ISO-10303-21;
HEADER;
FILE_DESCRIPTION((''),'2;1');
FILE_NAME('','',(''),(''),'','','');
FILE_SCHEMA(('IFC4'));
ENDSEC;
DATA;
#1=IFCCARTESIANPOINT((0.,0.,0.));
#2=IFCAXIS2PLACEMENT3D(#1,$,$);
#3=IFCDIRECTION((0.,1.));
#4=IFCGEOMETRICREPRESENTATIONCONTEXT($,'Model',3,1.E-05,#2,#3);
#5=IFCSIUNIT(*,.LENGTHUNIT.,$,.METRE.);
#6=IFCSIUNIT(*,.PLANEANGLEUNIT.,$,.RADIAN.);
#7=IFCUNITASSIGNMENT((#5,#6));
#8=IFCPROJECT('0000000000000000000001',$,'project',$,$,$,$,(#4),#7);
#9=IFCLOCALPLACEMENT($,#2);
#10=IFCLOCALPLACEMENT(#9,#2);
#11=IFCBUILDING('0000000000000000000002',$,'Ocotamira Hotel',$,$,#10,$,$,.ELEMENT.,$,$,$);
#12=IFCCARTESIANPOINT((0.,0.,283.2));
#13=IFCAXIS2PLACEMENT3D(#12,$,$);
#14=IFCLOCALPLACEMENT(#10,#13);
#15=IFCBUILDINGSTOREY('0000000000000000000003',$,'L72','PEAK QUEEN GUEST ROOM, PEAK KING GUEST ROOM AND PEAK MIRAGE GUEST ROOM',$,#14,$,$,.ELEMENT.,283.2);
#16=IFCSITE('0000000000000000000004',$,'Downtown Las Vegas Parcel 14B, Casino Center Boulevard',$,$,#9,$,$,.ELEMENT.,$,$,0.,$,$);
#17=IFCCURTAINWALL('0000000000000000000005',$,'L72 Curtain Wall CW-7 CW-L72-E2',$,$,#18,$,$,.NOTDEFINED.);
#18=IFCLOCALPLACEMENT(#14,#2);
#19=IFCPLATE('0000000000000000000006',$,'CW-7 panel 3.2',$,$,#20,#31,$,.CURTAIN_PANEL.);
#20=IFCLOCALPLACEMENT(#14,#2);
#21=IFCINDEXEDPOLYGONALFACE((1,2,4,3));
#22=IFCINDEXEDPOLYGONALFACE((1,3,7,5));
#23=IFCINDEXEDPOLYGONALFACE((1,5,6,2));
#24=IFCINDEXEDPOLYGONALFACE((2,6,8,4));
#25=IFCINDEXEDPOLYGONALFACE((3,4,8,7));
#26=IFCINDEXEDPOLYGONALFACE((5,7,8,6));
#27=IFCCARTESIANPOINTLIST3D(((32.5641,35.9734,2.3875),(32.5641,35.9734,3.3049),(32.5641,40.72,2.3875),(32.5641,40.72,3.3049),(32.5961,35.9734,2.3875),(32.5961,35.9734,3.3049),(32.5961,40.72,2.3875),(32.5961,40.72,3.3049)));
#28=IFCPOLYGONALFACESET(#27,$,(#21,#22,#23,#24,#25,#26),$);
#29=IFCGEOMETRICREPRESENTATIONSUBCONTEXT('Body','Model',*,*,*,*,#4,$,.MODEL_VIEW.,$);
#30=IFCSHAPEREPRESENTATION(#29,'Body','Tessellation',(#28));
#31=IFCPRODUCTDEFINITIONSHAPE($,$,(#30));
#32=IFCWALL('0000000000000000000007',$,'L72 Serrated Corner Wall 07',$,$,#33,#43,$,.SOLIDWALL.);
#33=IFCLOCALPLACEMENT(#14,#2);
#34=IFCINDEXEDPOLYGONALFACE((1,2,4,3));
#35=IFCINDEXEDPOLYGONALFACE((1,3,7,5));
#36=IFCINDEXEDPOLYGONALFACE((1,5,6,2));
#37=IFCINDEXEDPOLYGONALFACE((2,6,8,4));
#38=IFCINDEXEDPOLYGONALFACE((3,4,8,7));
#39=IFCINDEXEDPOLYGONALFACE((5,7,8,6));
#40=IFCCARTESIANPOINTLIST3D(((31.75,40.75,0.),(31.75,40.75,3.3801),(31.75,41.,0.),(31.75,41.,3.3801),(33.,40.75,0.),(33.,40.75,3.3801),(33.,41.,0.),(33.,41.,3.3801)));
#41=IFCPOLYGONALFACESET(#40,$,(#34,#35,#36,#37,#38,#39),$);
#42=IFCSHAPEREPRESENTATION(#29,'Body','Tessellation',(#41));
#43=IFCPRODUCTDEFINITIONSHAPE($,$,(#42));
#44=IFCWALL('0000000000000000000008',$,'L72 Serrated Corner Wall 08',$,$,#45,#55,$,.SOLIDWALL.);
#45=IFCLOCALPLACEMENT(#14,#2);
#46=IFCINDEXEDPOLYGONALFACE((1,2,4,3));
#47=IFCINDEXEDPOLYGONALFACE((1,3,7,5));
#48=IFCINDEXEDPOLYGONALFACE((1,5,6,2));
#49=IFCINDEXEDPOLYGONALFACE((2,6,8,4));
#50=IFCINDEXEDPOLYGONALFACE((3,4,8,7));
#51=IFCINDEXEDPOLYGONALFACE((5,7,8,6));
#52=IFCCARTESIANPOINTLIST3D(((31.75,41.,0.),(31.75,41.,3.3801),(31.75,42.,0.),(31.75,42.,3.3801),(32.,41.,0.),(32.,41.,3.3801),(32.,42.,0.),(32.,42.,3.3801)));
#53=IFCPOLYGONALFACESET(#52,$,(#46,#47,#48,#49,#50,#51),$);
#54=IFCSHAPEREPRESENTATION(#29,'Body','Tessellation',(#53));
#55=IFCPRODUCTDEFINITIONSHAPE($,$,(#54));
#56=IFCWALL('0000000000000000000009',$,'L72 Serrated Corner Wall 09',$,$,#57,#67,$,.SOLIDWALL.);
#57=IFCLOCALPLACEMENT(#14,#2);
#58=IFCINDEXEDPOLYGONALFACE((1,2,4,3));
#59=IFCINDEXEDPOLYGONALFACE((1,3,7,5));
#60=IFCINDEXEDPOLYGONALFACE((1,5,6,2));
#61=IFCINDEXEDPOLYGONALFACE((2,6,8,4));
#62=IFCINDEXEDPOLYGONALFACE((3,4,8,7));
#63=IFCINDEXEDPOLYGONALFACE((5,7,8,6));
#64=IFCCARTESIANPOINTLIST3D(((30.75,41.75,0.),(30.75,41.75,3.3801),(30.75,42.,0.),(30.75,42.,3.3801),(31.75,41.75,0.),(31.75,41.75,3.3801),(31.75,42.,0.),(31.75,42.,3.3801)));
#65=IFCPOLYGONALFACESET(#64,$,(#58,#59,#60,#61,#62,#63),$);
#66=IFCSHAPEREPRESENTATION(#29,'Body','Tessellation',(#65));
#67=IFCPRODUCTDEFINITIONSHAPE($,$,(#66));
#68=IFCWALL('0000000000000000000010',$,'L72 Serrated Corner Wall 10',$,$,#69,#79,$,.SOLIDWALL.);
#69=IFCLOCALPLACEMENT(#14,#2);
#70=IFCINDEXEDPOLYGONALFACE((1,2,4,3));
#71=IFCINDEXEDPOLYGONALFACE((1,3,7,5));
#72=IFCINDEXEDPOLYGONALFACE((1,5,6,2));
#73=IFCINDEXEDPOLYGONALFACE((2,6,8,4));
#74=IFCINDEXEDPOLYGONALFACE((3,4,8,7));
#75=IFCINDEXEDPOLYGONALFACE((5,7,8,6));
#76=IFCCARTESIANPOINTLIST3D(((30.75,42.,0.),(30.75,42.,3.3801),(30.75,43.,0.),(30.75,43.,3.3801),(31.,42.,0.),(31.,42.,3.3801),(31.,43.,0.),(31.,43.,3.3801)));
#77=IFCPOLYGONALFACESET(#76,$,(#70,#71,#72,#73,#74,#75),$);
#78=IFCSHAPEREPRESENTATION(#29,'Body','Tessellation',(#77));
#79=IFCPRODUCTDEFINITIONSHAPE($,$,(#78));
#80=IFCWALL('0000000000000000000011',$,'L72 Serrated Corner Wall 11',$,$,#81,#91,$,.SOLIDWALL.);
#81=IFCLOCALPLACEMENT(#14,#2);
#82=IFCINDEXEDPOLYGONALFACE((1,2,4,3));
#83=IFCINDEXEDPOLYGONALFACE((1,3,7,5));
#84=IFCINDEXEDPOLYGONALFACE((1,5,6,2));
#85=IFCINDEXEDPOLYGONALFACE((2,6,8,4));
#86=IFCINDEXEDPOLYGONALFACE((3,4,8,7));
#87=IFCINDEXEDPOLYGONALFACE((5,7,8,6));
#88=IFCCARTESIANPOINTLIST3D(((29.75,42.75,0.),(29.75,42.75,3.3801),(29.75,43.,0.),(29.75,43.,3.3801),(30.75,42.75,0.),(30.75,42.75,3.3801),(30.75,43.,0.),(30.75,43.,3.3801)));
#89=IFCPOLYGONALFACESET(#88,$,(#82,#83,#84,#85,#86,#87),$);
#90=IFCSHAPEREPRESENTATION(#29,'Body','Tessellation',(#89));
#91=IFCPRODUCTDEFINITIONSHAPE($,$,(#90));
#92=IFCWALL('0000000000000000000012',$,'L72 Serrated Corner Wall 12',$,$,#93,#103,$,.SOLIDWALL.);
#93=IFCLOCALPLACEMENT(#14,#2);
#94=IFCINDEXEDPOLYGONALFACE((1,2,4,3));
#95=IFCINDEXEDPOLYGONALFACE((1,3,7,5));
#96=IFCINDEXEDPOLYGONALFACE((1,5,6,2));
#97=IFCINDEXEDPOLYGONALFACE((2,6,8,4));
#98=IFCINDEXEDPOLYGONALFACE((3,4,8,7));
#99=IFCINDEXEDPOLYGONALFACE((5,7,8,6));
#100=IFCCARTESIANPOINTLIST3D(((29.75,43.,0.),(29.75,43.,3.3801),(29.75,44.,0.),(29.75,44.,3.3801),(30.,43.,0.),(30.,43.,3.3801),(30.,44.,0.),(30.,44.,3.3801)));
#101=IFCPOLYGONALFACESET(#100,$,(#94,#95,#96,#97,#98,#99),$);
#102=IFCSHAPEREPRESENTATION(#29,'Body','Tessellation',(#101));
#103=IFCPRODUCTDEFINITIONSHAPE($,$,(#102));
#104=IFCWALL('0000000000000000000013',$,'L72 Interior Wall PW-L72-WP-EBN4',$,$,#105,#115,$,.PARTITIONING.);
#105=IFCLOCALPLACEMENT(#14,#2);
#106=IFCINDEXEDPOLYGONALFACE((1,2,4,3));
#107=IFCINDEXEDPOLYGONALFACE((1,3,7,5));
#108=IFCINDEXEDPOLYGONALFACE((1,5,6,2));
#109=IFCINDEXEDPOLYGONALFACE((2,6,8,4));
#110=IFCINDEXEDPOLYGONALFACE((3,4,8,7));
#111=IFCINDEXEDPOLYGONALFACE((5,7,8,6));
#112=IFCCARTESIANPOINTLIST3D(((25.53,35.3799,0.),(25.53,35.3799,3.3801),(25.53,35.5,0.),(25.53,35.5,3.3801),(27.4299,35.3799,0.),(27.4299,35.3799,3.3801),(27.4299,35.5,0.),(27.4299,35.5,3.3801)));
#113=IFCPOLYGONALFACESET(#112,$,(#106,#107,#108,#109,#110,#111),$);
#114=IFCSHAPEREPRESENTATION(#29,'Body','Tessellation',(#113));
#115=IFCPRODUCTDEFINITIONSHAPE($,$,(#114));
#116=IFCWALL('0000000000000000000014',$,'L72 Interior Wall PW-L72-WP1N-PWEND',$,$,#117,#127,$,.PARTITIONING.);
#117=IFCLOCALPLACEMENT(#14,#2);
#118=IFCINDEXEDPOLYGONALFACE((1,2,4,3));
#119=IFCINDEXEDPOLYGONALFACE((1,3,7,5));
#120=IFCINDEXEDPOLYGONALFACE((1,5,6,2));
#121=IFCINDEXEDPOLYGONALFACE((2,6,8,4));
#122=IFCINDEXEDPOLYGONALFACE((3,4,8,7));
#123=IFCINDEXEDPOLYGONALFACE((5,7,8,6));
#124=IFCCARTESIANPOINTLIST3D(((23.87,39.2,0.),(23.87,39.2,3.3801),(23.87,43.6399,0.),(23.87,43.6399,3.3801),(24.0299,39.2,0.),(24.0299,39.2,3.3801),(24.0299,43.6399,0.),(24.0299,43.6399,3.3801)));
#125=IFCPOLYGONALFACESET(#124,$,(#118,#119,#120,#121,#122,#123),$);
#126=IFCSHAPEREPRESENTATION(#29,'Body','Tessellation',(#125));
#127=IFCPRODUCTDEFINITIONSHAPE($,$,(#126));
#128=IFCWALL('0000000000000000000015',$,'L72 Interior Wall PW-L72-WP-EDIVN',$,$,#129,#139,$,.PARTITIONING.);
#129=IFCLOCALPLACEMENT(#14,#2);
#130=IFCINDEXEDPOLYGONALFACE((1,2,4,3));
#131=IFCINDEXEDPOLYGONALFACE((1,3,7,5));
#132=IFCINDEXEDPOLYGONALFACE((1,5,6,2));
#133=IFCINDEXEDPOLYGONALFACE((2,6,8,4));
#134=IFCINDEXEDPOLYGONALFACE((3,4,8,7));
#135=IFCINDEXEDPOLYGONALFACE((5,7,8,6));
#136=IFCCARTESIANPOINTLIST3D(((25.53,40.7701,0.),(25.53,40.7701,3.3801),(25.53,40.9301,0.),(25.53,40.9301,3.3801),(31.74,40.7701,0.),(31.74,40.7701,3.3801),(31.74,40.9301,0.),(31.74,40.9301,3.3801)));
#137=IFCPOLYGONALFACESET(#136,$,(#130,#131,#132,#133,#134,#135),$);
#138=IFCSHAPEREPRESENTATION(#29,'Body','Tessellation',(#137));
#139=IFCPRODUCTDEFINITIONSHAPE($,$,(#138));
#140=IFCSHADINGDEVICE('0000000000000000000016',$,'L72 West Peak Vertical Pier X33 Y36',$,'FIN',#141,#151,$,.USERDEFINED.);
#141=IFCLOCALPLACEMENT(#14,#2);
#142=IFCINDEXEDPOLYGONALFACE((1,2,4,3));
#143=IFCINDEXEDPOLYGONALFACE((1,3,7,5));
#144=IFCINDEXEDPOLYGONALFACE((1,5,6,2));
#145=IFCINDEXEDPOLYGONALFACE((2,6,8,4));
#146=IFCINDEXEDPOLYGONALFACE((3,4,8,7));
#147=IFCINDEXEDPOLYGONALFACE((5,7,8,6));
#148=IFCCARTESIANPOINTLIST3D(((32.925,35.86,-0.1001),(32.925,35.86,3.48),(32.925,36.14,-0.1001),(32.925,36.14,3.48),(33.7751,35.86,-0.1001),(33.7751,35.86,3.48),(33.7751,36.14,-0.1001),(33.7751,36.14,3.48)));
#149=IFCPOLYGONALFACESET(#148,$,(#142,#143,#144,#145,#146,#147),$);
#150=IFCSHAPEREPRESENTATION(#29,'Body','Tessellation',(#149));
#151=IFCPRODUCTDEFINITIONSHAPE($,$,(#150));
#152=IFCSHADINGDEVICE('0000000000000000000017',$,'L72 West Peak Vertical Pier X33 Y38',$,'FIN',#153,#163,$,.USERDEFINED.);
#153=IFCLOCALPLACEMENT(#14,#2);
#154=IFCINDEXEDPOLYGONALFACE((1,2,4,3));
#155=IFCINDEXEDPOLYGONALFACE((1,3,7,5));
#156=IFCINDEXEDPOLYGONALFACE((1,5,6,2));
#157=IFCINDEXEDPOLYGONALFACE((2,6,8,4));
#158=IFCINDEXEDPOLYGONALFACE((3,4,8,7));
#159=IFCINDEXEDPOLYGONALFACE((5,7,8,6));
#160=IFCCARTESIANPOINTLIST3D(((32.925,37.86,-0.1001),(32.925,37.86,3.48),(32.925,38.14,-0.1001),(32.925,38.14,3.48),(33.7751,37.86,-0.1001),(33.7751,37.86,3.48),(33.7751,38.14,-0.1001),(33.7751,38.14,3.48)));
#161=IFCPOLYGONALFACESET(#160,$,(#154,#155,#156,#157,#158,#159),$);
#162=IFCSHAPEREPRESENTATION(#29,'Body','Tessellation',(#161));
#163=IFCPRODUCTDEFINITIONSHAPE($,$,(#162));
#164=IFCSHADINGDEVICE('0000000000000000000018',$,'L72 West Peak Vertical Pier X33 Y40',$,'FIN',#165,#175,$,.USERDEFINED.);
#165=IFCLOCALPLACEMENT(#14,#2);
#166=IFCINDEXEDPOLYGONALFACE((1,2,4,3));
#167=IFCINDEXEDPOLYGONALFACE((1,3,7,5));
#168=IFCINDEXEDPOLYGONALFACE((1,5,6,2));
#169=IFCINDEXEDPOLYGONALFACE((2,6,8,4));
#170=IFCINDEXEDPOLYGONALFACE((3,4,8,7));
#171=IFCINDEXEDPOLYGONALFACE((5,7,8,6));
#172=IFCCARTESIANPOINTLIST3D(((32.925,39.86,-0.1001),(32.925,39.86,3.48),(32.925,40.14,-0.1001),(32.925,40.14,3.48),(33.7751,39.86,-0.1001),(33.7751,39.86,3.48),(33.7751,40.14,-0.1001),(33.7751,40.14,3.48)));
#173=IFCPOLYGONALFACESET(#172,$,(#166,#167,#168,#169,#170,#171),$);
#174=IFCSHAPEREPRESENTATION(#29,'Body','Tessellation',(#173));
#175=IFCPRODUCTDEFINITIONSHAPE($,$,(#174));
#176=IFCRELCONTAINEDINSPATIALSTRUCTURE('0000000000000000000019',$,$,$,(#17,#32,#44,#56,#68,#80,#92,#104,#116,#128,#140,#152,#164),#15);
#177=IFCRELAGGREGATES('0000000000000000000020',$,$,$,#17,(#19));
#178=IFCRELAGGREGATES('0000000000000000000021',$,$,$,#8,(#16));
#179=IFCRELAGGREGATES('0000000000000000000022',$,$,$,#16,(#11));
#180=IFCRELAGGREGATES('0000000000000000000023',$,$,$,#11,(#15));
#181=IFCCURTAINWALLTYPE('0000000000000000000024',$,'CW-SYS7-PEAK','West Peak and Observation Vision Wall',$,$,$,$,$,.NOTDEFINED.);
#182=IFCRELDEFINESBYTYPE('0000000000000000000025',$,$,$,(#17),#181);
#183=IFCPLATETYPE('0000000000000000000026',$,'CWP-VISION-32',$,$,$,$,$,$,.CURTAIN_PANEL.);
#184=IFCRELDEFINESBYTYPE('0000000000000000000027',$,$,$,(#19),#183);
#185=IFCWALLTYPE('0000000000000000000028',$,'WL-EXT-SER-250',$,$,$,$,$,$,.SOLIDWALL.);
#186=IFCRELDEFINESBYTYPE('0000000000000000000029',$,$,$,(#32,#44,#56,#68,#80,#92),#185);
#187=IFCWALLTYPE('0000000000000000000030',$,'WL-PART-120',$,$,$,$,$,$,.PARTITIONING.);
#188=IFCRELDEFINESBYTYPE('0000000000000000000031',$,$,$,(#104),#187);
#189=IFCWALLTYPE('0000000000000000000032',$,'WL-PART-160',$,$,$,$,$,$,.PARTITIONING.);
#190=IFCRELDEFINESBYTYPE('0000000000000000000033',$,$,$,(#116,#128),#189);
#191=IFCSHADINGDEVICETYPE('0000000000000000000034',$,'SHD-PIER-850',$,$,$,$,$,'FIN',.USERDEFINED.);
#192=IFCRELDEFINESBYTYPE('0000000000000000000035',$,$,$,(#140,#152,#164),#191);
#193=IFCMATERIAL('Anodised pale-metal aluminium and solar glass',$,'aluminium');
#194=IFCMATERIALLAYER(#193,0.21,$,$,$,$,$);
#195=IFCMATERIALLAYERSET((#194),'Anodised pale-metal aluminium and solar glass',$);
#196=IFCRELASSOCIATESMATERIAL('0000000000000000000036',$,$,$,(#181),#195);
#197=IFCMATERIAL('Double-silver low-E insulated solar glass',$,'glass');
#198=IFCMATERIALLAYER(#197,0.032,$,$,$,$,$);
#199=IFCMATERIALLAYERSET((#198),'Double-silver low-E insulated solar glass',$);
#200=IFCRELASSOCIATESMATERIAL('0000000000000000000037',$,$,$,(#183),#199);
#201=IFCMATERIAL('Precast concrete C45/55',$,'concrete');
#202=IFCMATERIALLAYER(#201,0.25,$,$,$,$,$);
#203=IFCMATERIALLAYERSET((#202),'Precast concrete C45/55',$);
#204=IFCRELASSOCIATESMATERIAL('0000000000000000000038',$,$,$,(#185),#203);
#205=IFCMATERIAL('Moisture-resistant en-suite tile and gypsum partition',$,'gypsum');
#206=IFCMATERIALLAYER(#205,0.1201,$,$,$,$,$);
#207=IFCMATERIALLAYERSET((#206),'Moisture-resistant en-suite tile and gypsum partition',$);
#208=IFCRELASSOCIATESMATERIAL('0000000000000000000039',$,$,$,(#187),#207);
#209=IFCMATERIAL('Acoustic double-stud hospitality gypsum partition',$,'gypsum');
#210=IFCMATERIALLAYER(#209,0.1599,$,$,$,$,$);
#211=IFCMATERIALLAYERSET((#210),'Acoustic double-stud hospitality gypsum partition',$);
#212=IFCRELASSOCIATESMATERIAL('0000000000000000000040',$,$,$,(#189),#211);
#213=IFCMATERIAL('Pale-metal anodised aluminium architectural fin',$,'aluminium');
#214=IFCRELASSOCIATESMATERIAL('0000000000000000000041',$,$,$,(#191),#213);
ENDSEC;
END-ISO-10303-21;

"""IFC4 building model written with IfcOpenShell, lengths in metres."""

from ifc_helpers import new_model, si_unit, direction, frame, frame_2d, origin, origin_2d, place, context, subcontext, project, spatial, rectangle, extrude, source, transform, mapped, material, layer, layer_set, type_object, element, aggregate, save


model = new_model("IFC4")

# Units and contexts
model_context = context("Model", 3, precision=1e-05, world=origin(), true_north=direction((0.0, 1.0)))
body_context = subcontext(model_context, "Body", "Model", "MODEL_VIEW")
ifc_project = project(units=[si_unit("LENGTHUNIT", "METRE"), si_unit("PLANEANGLEUNIT", "RADIAN")], contexts=[model_context])

# Site, building, storey
site_placement = place(None, origin())
site = spatial("IfcSite", under=ifc_project, at=site_placement, Name="Downtown Las Vegas Parcel 14B, Casino Center Boulevard", CompositionType="ELEMENT", RefElevation=0.0)
building_placement = place(site_placement, origin())
building = spatial("IfcBuilding", under=site, at=building_placement, Name="Ocotamira Hotel", CompositionType="ELEMENT")
storey_placement = place(building_placement, frame((0.0, 0.0, 283.2)))
storey = spatial("IfcBuildingStorey", under=building, at=storey_placement, Name="L72", Description="PEAK QUEEN GUEST ROOM, PEAK KING GUEST ROOM AND PEAK MIRAGE GUEST ROOM", CompositionType="ELEMENT", Elevation=283.2)

# Curtain wall
ifc_material_1 = material(Name="Anodised pale-metal aluminium and solar glass", Category="aluminium")
ifc_layer_1 = layer(ifc_material_1, 0.21)
ifc_layer_set_1 = layer_set([ifc_layer_1], Name="Anodised pale-metal aluminium and solar glass")
curtain_wall_type = type_object("IfcCurtainWallType", Name="CW-SYS7-PEAK", Description="West Peak and Observation Vision Wall", PredefinedType="NOTDEFINED", material=ifc_layer_set_1)
curtain_wall_1_placement = place(storey_placement, origin())
curtain_wall_1 = element("IfcCurtainWall", 1, at=curtain_wall_1_placement, inside=storey, type_object=curtain_wall_type, Name="L72 Curtain Wall CW-7 CW-L72-E2", PredefinedType="NOTDEFINED")

# Plate
ifc_material_2 = material(Name="Double-silver low-E insulated solar glass", Category="glass")
ifc_layer_2 = layer(ifc_material_2, 0.032)
ifc_layer_set_2 = layer_set([ifc_layer_2], Name="Double-silver low-E insulated solar glass")
plate_type = type_object("IfcPlateType", Name="CWP-VISION-32", PredefinedType="CURTAIN_PANEL", material=ifc_layer_set_2)
shared_shape_1 = source(origin(), body_context, "Body", "SweptSolid", [
    extrude(rectangle(XDim=4.7466, YDim=0.032, at=origin_2d()), origin(), (0.0, 0.0, 1.0), 0.9175),
])
plate_1_placement = place(storey_placement, frame((32.5801, 38.3467, 2.3875), z_axis=(0.0, 0.0, 1.0), x_axis=(0.0, 1.0, 0.0)))
plate_1 = element("IfcPlate", 2, at=plate_1_placement, type_object=plate_type, Name="CW-7 panel 3.2", PredefinedType="CURTAIN_PANEL", context=body_context, shape_type="MappedRepresentation", body=[
    mapped(shared_shape_1, transform((0.0, 0.0, 0.0), scale=1.0)),
])
aggregate(curtain_wall_1, [plate_1])

# Walls
ifc_material_3 = material(Name="Precast concrete C45/55", Category="concrete")
ifc_layer_3 = layer(ifc_material_3, 0.25)
ifc_layer_set_3 = layer_set([ifc_layer_3], Name="Precast concrete C45/55")
wall_type_1 = type_object("IfcWallType", Name="WL-EXT-SER-250", PredefinedType="SOLIDWALL", material=ifc_layer_set_3)
wall_1_placement = place(storey_placement, frame((33.0, 40.875, 0.0), z_axis=(0.0, 0.0, 1.0), x_axis=(-1.0, 0.0, 0.0)))
element("IfcWall", 3, at=wall_1_placement, inside=storey, type_object=wall_type_1, Name="L72 Serrated Corner Wall 07", PredefinedType="SOLIDWALL", context=body_context, shape_type="SweptSolid", body=[
    extrude(rectangle(XDim=1.25, YDim=0.25, at=frame_2d((0.625, 0.0))), origin(), (0.0, 0.0, 1.0), 3.3801),
])
for number, where, z_axis, x_axis, name in (
    (4, (31.875, 41.0, 0.0), (0.0, 0.0, 1.0), (0.0, 1.0, 0.0), "L72 Serrated Corner Wall 08"),
    (5, (31.75, 41.875, 0.0), (0.0, 0.0, 1.0), (-1.0, 0.0, 0.0), "L72 Serrated Corner Wall 09"),
    (6, (30.875, 42.0, 0.0), (0.0, 0.0, 1.0), (0.0, 1.0, 0.0), "L72 Serrated Corner Wall 10"),
    (7, (30.75, 42.875, 0.0), (0.0, 0.0, 1.0), (-1.0, 0.0, 0.0), "L72 Serrated Corner Wall 11"),
    (8, (29.875, 43.0, 0.0), (0.0, 0.0, 1.0), (0.0, 1.0, 0.0), "L72 Serrated Corner Wall 12"),
):
    element("IfcWall", number, at=place(storey_placement, frame(where, z_axis=z_axis, x_axis=x_axis)), inside=storey, type_object=wall_type_1, Name=name, PredefinedType="SOLIDWALL", context=body_context, shape_type="SweptSolid", body=[
        extrude(rectangle(XDim=1.0, YDim=0.25, at=frame_2d((0.5, 0.0))), origin(), (0.0, 0.0, 1.0), 3.3801),
    ])
ifc_material_4 = material(Name="Moisture-resistant en-suite tile and gypsum partition", Category="gypsum")
ifc_layer_4 = layer(ifc_material_4, 0.1201)
ifc_layer_set_4 = layer_set([ifc_layer_4], Name="Moisture-resistant en-suite tile and gypsum partition")
wall_type_2 = type_object("IfcWallType", Name="WL-PART-120", PredefinedType="PARTITIONING", material=ifc_layer_set_4)
wall_2_placement = place(storey_placement, frame((25.53, 35.4399, 0.0), z_axis=(0.0, 0.0, 1.0), x_axis=(1.0, 0.0, 0.0)))
element("IfcWall", 9, at=wall_2_placement, inside=storey, type_object=wall_type_2, Name="L72 Interior Wall PW-L72-WP-EBN4", PredefinedType="PARTITIONING", context=body_context, shape_type="SweptSolid", body=[
    extrude(rectangle(XDim=1.8999, YDim=0.1201, at=frame_2d((0.95, 0.0))), origin(), (0.0, 0.0, 1.0), 3.3801),
])
ifc_material_5 = material(Name="Acoustic double-stud hospitality gypsum partition", Category="gypsum")
ifc_layer_5 = layer(ifc_material_5, 0.1599)
ifc_layer_set_5 = layer_set([ifc_layer_5], Name="Acoustic double-stud hospitality gypsum partition")
wall_type_3 = type_object("IfcWallType", Name="WL-PART-160", PredefinedType="PARTITIONING", material=ifc_layer_set_5)
wall_3_placement = place(storey_placement, frame((23.95, 39.2, 0.0), z_axis=(0.0, 0.0, 1.0), x_axis=(0.0, 1.0, 0.0)))
element("IfcWall", 10, at=wall_3_placement, inside=storey, type_object=wall_type_3, Name="L72 Interior Wall PW-L72-WP1N-PWEND", PredefinedType="PARTITIONING", context=body_context, shape_type="SweptSolid", body=[
    extrude(rectangle(XDim=4.4399, YDim=0.1599, at=frame_2d((2.22, 0.0))), origin(), (0.0, 0.0, 1.0), 3.3801),
])
wall_4_placement = place(storey_placement, frame((25.53, 40.8501, 0.0), z_axis=(0.0, 0.0, 1.0), x_axis=(1.0, 0.0, 0.0)))
element("IfcWall", 11, at=wall_4_placement, inside=storey, type_object=wall_type_3, Name="L72 Interior Wall PW-L72-WP-EDIVN", PredefinedType="PARTITIONING", context=body_context, shape_type="SweptSolid", body=[
    extrude(rectangle(XDim=6.21, YDim=0.1599, at=frame_2d((3.105, 0.0))), origin(), (0.0, 0.0, 1.0), 3.3801),
])

# Shading devices
ifc_material_6 = material(Name="Pale-metal anodised aluminium architectural fin", Category="aluminium")
shading_device_type = type_object("IfcShadingDeviceType", Name="SHD-PIER-850", ElementType="FIN", PredefinedType="USERDEFINED", material=ifc_material_6)
shared_shape_2 = source(origin(), body_context, "Body", "SweptSolid", [
    extrude(rectangle(XDim=0.8501, YDim=0.28, at=origin_2d()), origin(), (0.0, 0.0, 1.0), 3.5801),
])
for number, where, z_axis, x_axis, name in (
    (12, (33.3501, 36.0, -0.1001), (0.0, 0.0, 1.0), (1.0, 0.0, 0.0), "L72 West Peak Vertical Pier X33 Y36"),
    (13, (33.3501, 38.0, -0.1001), (0.0, 0.0, 1.0), (1.0, 0.0, 0.0), "L72 West Peak Vertical Pier X33 Y38"),
    (14, (33.3501, 40.0, -0.1001), (0.0, 0.0, 1.0), (1.0, 0.0, 0.0), "L72 West Peak Vertical Pier X33 Y40"),
):
    element("IfcShadingDevice", number, at=place(storey_placement, frame(where, z_axis=z_axis, x_axis=x_axis)), inside=storey, type_object=shading_device_type, Name=name, ObjectType="FIN", PredefinedType="USERDEFINED", context=body_context, shape_type="MappedRepresentation", body=[
        mapped(shared_shape_2, transform((0.0, 0.0, 0.0), scale=1.0)),
    ])

save(model, "model.ifc")
